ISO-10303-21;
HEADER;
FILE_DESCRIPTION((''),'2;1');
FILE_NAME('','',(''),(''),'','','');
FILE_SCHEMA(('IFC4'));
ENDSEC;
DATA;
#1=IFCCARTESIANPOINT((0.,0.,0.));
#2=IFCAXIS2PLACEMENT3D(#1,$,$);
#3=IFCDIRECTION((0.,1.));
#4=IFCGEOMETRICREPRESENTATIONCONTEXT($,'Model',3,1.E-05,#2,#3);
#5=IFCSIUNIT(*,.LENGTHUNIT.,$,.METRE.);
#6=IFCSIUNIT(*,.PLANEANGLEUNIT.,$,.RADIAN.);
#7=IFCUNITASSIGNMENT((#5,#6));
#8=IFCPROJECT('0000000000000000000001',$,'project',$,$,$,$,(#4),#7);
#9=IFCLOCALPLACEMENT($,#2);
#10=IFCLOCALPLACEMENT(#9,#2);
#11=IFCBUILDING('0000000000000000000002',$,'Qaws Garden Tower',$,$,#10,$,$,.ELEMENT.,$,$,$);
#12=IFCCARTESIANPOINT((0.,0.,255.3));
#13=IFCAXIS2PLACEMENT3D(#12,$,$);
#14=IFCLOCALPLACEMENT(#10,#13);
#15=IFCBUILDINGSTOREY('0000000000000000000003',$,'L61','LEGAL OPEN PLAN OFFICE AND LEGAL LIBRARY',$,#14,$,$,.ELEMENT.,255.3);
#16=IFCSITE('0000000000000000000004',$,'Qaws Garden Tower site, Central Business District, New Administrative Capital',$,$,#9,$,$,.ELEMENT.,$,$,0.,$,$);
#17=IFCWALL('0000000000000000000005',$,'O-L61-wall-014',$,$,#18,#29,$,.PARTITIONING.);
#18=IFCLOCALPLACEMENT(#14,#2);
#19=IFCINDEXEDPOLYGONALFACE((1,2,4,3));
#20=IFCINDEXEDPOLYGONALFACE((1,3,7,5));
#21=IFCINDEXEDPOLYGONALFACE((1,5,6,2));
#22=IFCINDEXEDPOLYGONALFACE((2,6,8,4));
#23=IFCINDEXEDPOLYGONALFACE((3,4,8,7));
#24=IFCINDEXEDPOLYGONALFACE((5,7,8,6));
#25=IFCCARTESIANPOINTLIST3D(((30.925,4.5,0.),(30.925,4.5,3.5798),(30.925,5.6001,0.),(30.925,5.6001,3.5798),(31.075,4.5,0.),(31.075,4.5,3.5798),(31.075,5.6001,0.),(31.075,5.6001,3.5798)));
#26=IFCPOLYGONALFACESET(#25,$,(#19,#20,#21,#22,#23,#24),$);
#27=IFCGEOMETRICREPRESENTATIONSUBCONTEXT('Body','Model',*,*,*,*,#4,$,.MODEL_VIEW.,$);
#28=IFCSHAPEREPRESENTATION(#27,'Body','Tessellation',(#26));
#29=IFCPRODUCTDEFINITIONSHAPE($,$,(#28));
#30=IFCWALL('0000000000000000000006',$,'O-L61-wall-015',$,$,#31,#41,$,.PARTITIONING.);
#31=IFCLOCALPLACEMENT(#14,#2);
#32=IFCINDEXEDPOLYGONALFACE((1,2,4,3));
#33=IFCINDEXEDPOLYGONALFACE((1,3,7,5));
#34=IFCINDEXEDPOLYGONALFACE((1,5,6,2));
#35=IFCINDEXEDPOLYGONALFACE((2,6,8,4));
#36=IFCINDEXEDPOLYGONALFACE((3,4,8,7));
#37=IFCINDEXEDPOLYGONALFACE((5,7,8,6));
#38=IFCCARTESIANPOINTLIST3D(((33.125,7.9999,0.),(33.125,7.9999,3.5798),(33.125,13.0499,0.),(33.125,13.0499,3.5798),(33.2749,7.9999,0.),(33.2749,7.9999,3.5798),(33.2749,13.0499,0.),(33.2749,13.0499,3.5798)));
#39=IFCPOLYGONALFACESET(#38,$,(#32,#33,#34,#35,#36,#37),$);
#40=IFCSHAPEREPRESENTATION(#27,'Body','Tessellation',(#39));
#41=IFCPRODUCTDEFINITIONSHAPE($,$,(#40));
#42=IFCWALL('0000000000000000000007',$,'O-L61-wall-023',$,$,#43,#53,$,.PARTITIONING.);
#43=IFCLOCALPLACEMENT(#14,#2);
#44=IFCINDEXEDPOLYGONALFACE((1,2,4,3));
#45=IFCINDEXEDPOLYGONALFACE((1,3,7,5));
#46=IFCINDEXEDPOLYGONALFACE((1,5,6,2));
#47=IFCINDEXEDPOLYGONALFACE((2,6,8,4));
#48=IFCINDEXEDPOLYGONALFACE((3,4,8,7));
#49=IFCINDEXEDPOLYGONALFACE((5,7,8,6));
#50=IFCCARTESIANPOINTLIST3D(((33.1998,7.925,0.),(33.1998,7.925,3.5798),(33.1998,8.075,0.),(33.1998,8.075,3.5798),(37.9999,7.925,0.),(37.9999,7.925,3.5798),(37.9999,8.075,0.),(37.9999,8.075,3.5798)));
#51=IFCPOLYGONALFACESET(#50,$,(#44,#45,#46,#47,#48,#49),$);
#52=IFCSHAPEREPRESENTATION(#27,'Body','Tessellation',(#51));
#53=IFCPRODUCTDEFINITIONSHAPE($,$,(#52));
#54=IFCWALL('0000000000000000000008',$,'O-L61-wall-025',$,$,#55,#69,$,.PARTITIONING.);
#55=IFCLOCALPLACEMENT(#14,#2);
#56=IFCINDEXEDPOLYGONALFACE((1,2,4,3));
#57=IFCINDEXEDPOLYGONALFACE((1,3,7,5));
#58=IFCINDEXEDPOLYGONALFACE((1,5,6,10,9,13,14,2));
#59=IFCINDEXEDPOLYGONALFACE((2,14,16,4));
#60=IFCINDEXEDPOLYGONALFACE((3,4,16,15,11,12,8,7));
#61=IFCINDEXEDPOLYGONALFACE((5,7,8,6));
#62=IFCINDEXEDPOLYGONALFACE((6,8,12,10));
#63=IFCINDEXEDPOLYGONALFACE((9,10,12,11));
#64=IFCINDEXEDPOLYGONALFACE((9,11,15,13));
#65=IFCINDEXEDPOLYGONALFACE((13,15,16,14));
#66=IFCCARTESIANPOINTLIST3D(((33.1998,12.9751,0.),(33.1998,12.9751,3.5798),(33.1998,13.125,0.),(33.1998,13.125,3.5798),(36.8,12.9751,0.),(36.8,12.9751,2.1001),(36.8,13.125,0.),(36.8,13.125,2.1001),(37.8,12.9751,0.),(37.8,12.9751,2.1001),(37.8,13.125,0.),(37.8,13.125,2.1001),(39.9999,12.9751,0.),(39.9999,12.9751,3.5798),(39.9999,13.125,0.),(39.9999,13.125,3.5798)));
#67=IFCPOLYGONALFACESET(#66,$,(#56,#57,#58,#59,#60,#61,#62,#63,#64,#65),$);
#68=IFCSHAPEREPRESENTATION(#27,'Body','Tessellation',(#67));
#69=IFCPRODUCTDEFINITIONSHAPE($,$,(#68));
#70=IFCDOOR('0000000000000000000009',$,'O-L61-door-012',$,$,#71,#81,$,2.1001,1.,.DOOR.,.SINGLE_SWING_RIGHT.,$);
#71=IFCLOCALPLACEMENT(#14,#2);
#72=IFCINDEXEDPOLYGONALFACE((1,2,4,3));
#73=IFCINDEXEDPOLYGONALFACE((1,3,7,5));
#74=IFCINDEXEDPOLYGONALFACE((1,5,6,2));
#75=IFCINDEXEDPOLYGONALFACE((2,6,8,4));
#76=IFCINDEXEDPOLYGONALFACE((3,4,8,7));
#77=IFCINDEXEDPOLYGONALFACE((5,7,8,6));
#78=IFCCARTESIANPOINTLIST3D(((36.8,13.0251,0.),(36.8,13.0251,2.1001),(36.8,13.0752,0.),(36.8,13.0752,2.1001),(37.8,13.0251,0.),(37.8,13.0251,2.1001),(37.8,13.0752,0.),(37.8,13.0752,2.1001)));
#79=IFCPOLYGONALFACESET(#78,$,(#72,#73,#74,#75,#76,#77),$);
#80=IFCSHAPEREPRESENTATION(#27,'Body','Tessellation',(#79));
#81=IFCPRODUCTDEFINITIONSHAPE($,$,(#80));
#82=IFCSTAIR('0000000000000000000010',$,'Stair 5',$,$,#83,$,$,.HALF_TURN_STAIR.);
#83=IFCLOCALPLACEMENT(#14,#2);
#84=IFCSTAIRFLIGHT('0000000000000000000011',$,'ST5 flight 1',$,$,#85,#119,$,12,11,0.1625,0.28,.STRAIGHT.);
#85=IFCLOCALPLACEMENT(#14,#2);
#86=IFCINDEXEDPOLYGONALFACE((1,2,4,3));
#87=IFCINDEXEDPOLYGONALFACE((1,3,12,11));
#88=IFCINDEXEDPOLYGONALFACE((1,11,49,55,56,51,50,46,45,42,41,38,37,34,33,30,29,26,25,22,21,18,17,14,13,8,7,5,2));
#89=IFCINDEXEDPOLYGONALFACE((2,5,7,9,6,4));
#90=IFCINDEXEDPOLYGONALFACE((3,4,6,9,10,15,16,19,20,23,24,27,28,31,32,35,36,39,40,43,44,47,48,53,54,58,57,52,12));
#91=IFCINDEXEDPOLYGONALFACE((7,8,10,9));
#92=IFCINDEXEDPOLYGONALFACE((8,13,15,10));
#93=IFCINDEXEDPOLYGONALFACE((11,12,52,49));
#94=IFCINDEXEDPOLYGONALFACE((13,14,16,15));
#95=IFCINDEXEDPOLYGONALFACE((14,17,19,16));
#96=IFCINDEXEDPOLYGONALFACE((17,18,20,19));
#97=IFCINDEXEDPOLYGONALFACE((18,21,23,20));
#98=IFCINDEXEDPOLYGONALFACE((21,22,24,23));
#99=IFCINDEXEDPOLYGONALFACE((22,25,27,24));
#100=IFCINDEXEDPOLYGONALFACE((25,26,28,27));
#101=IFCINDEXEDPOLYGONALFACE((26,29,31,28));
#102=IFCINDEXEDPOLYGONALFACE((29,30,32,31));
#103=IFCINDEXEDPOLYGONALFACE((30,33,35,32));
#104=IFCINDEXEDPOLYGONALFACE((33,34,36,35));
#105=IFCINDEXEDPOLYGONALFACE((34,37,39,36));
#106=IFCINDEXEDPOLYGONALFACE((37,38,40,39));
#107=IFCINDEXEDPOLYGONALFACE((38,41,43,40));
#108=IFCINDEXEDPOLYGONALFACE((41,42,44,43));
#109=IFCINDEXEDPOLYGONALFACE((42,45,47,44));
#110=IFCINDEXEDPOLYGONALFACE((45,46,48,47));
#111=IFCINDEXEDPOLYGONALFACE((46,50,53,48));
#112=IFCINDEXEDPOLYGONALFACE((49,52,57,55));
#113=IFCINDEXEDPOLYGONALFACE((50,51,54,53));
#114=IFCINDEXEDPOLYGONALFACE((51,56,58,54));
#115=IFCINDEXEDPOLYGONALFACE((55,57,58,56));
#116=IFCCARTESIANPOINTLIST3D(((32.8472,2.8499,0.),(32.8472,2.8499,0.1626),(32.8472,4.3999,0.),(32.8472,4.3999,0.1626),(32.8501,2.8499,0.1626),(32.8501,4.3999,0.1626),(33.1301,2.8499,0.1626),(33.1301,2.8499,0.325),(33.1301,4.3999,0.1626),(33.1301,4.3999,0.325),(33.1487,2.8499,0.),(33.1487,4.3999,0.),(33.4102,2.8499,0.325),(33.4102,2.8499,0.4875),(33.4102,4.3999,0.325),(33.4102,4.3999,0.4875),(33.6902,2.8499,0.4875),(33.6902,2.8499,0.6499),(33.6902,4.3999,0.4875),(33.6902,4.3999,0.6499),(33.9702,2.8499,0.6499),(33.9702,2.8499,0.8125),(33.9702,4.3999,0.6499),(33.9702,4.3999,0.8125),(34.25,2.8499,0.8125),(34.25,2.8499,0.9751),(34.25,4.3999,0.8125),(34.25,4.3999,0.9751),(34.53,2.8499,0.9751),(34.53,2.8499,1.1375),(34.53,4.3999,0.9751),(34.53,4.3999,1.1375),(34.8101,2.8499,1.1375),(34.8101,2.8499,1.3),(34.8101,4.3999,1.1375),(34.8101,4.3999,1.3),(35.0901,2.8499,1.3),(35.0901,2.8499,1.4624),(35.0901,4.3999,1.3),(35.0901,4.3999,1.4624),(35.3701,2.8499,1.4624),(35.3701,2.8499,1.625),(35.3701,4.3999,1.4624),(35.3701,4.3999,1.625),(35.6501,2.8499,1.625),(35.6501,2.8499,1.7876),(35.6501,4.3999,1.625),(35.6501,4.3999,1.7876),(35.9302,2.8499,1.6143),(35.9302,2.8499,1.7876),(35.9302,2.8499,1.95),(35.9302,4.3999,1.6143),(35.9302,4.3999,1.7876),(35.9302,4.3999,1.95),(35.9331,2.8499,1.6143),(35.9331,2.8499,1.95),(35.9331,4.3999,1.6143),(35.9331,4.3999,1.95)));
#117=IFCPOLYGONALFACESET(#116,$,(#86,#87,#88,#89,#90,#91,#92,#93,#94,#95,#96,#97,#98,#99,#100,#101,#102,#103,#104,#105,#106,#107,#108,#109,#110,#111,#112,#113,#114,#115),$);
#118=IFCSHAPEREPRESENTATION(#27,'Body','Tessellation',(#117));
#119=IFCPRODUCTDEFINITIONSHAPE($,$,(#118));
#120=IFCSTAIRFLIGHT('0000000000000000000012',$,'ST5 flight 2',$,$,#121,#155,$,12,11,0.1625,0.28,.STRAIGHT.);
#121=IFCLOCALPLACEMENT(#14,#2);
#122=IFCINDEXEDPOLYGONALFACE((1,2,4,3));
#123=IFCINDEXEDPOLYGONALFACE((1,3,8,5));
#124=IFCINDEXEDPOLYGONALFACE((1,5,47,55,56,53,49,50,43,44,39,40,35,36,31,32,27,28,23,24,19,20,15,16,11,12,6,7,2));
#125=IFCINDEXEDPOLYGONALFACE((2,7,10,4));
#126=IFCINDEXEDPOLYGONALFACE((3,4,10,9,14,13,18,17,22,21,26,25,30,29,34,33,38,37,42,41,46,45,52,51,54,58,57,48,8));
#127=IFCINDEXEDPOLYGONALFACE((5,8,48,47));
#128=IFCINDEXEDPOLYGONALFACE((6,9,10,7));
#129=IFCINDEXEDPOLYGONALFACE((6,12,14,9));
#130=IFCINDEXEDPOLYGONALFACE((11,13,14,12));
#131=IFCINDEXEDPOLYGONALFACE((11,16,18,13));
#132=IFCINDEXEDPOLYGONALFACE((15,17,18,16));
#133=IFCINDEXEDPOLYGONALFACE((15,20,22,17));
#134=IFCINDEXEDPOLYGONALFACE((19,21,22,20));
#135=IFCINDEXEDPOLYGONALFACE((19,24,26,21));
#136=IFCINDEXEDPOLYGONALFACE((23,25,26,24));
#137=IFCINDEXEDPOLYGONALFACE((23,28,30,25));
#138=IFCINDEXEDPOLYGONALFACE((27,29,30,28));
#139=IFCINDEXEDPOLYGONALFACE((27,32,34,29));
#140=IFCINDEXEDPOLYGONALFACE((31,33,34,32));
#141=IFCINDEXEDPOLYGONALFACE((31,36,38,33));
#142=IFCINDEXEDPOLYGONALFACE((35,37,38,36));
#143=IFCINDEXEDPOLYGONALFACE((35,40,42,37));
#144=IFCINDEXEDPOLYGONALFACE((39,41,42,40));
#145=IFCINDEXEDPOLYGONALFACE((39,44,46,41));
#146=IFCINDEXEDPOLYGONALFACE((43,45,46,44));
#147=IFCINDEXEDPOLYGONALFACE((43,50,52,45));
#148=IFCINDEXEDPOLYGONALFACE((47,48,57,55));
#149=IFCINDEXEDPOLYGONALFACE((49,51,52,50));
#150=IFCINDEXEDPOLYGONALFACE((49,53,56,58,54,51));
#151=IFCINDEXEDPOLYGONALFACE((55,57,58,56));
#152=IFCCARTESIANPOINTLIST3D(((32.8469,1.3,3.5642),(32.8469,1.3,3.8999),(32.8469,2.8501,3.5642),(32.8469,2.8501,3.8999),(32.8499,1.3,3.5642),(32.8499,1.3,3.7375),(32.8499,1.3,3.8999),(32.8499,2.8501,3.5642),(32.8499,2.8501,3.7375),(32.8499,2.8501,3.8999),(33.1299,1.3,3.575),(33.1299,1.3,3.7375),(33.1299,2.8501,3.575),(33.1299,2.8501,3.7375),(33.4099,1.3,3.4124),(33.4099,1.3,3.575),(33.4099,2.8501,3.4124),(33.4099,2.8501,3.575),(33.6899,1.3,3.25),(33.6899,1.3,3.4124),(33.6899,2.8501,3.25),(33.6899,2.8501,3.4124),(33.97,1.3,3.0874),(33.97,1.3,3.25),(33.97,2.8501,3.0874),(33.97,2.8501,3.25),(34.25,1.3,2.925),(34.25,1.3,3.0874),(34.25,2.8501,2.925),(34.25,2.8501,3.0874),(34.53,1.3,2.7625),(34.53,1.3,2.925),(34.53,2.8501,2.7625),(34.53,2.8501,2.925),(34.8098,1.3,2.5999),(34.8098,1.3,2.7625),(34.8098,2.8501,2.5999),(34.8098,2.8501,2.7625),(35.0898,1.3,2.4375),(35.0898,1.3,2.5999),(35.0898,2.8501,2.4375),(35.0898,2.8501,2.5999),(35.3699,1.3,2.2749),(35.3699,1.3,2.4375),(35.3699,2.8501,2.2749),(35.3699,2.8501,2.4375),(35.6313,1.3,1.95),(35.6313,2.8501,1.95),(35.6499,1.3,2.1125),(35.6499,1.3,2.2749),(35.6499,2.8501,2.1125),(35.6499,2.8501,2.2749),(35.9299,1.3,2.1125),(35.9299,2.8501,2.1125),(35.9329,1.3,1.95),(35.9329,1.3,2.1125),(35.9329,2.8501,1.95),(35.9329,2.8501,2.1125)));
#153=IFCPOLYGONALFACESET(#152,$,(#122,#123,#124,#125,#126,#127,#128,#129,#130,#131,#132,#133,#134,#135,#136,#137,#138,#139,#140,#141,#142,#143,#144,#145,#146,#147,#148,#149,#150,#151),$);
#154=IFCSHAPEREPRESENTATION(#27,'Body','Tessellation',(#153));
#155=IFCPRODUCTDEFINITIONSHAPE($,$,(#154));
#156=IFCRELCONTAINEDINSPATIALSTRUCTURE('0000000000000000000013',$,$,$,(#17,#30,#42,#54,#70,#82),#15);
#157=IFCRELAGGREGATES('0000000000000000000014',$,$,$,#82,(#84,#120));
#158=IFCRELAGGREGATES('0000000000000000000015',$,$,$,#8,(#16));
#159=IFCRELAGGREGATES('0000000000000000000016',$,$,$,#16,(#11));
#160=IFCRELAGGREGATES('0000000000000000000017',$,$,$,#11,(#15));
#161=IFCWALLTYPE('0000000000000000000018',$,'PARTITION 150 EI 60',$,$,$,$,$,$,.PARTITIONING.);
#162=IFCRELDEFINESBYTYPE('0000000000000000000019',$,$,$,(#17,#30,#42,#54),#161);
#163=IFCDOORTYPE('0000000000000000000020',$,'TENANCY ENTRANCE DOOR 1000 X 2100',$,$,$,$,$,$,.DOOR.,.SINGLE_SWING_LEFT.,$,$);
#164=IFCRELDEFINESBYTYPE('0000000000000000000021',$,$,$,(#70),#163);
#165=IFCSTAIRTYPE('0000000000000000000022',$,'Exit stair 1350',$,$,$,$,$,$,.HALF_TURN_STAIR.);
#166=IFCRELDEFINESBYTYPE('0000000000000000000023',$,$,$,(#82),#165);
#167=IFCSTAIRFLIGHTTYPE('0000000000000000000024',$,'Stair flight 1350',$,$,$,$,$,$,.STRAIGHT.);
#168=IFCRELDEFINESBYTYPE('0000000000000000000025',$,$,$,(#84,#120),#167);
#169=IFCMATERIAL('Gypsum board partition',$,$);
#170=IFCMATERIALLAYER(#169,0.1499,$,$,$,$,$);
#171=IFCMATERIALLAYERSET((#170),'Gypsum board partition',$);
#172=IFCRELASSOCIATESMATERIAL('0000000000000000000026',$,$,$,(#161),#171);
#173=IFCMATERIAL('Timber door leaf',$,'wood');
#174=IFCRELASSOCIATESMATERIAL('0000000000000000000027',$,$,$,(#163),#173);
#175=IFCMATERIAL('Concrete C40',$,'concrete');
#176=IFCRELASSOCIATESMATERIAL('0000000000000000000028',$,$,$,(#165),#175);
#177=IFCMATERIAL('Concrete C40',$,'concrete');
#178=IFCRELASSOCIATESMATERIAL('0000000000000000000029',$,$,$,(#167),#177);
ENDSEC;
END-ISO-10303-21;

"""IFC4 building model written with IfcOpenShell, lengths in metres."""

from ifc_helpers import new_model, si_unit, direction, frame, frame_2d, origin, place, context, subcontext, project, spatial, polyline, rectangle, outline, extrude, material, layer, layer_set, type_object, element, fill, aggregate, save


model = new_model("IFC4")

# Units and contexts
model_context = context("Model", 3, precision=1e-05, world=origin(), true_north=direction((0.0, 1.0)))
body_context = subcontext(model_context, "Body", "Model", "MODEL_VIEW")
ifc_project = project(units=[si_unit("LENGTHUNIT", "METRE"), si_unit("PLANEANGLEUNIT", "RADIAN")], contexts=[model_context])

# Site, building, storey
site_placement = place(None, origin())
site = spatial("IfcSite", under=ifc_project, at=site_placement, Name="Qaws Garden Tower site, Central Business District, New Administrative Capital", CompositionType="ELEMENT", RefElevation=0.0)
building_placement = place(site_placement, origin())
building = spatial("IfcBuilding", under=site, at=building_placement, Name="Qaws Garden Tower", CompositionType="ELEMENT")
storey_placement = place(building_placement, frame((0.0, 0.0, 255.3)))
storey = spatial("IfcBuildingStorey", under=building, at=storey_placement, Name="L61", Description="LEGAL OPEN PLAN OFFICE AND LEGAL LIBRARY", CompositionType="ELEMENT", Elevation=255.3)

# Shared definitions
ifc_material_1 = material(Name="Gypsum board partition")
ifc_layer_1 = layer(ifc_material_1, 0.1499)
ifc_layer_set_1 = layer_set([ifc_layer_1], Name="Gypsum board partition")
wall_type_1 = type_object("IfcWallType", Name="PARTITION 150 EI 60", PredefinedType="PARTITIONING", material=ifc_layer_set_1)
ifc_material_2 = material(Name="Timber door leaf", Category="wood")
door_type_1 = type_object("IfcDoorType", Name="TENANCY ENTRANCE DOOR 1000 X 2100", OperationType="SINGLE_SWING_LEFT", PredefinedType="DOOR", material=ifc_material_2)

# Walls
wall_1_placement = place(storey_placement, frame((31.0, 4.5, 0.0), z_axis=(0.0, 0.0, 1.0), x_axis=(0.0, 1.0, 0.0)))
element("IfcWall", 1, at=wall_1_placement, inside=storey, type_object=wall_type_1, Name="O-L61-wall-014", PredefinedType="PARTITIONING", context=body_context, shape_type="SweptSolid", body=[
    extrude(rectangle(XDim=1.1001, YDim=0.1499, at=frame_2d((0.55, 0.0))), origin(), (0.0, 0.0, 1.0), 3.5798),
])
wall_2_placement = place(storey_placement, frame((33.2, 8.0, 0.0), z_axis=(0.0, 0.0, 1.0), x_axis=(0.0, 1.0, 0.0)))
element("IfcWall", 2, at=wall_2_placement, inside=storey, type_object=wall_type_1, Name="O-L61-wall-015", PredefinedType="PARTITIONING", context=body_context, shape_type="SweptSolid", body=[
    extrude(rectangle(XDim=5.05, YDim=0.1499, at=frame_2d((2.5249, 0.0))), origin(), (0.0, 0.0, 1.0), 3.5798),
])
wall_3_placement = place(storey_placement, frame((33.2, 8.0, 0.0), z_axis=(0.0, 0.0, 1.0), x_axis=(1.0, 0.0, 0.0)))
element("IfcWall", 3, at=wall_3_placement, inside=storey, type_object=wall_type_1, Name="O-L61-wall-023", PredefinedType="PARTITIONING", context=body_context, shape_type="SweptSolid", body=[
    extrude(rectangle(XDim=4.8, YDim=0.1499, at=frame_2d((2.3999, 0.0))), origin(), (0.0, 0.0, 1.0), 3.5798),
])

# Wall, opening, door
wall_4_placement = place(storey_placement, frame((33.2, 13.05, 0.0), z_axis=(0.0, 0.0, 1.0), x_axis=(1.0, 0.0, 0.0)))
wall_4 = element("IfcWall", 4, at=wall_4_placement, inside=storey, type_object=wall_type_1, Name="O-L61-wall-025", PredefinedType="PARTITIONING", context=body_context, shape_type="SweptSolid", body=[
    extrude(rectangle(XDim=6.8, YDim=0.1499, at=frame_2d((3.3999, 0.0))), origin(), (0.0, 0.0, 1.0), 3.5798),
])
opening_1_placement = place(wall_4_placement, frame((3.6001, 0.0, 0.0)))
opening_1 = element("IfcOpeningElement", 5, at=opening_1_placement, cuts=wall_4, PredefinedType="OPENING", context=body_context, shape_type="SweptSolid", body=[
    extrude(rectangle(XDim=1.0, YDim=2.1001, at=frame_2d((0.5, 1.05))), frame((0.0, 0.085, 0.0), z_axis=(0.0, -1.0, 0.0), x_axis=(1.0, 0.0, 0.0)), (0.0, 0.0, 1.0), 0.1699),
])
door_1_placement = place(opening_1_placement, frame((1.0, 0.0, 0.0), z_axis=(0.0, 0.0, 1.0), x_axis=(-1.0, 0.0, 0.0)))
door_1 = element("IfcDoor", 6, at=door_1_placement, inside=storey, type_object=door_type_1, Name="O-L61-door-012", OperationType="SINGLE_SWING_RIGHT", OverallHeight=2.1001, OverallWidth=1.0, PredefinedType="DOOR", context=body_context, shape_type="SweptSolid", body=[
    extrude(rectangle(XDim=1.0, YDim=2.1001, at=frame_2d((0.5, 1.05))), frame((0.0, 0.0249, 0.0), z_axis=(0.0, -1.0, 0.0), x_axis=(1.0, 0.0, 0.0)), (0.0, 0.0, 1.0), 0.05),
])
fill(opening_1, door_1)

# Stair, stair flights
ifc_material_3 = material(Name="Concrete C40", Category="concrete")
stair_type = type_object("IfcStairType", Name="Exit stair 1350", PredefinedType="HALF_TURN_STAIR", material=ifc_material_3)
stair_placement = place(storey_placement, origin())
stair = element("IfcStair", 7, at=stair_placement, inside=storey, type_object=stair_type, Name="Stair 5", PredefinedType="HALF_TURN_STAIR")
ifc_material_4 = material(Name="Concrete C40", Category="concrete")
stair_flight_type = type_object("IfcStairFlightType", Name="Stair flight 1350", PredefinedType="STRAIGHT", material=ifc_material_4)
stair_flight_1_placement = place(storey_placement, frame((32.8501, 3.625, 0.0), z_axis=(0.0, 0.0, 1.0), x_axis=(1.0, 0.0, 0.0)))
stair_flight_1 = element("IfcStairFlight", 8, at=stair_flight_1_placement, type_object=stair_flight_type, Name="ST5 flight 1", NumberOfRisers=12, NumberOfTreads=11, PredefinedType="STRAIGHT", RiserHeight=0.1625, TreadLength=0.28, context=body_context, shape_type="SweptSolid", body=[
    extrude(outline(polyline([(-0.0029, 0.0), (-0.0029, 0.1626), (0.0, 0.1626), (0.28, 0.1626), (0.28, 0.325), (0.5601, 0.325), (0.5601, 0.4875), (0.8401, 0.4875), (0.8401, 0.6499), (1.1201, 0.6499), (1.1201, 0.8125), (1.3999, 0.8125), (1.3999, 0.9751), (1.6799, 0.9751), (1.6799, 1.1375), (1.96, 1.1375), (1.96, 1.3), (2.24, 1.3), (2.24, 1.4624), (2.52, 1.4624), (2.52, 1.625), (2.8, 1.625), (2.8, 1.7876), (3.0801, 1.7876), (3.0801, 1.95), (3.083, 1.95), (3.083, 1.6143), (3.0801, 1.6143), (0.2986, 0.0), (-0.0029, 0.0)])), frame((0.0, 0.7749, 0.0), z_axis=(0.0, -1.0, 0.0), x_axis=(1.0, 0.0, 0.0)), (0.0, 0.0, 1.0), 1.55),
])
stair_flight_2_placement = place(storey_placement, frame((35.9299, 2.075, 1.95), z_axis=(0.0, 0.0, 1.0), x_axis=(-1.0, 0.0, 0.0)))
stair_flight_2 = element("IfcStairFlight", 9, at=stair_flight_2_placement, type_object=stair_flight_type, Name="ST5 flight 2", NumberOfRisers=12, NumberOfTreads=11, PredefinedType="STRAIGHT", RiserHeight=0.1625, TreadLength=0.28, context=body_context, shape_type="SweptSolid", body=[
    extrude(outline(polyline([(-0.0029, 0.0), (-0.0029, 0.1626), (0.0, 0.1626), (0.28, 0.1626), (0.28, 0.325), (0.5601, 0.325), (0.5601, 0.4875), (0.8401, 0.4875), (0.8401, 0.6499), (1.1201, 0.6499), (1.1201, 0.8125), (1.3999, 0.8125), (1.3999, 0.9751), (1.6799, 0.9751), (1.6799, 1.1375), (1.96, 1.1375), (1.96, 1.3), (2.24, 1.3), (2.24, 1.4624), (2.52, 1.4624), (2.52, 1.625), (2.8, 1.625), (2.8, 1.7876), (3.0801, 1.7876), (3.0801, 1.95), (3.083, 1.95), (3.083, 1.6143), (3.0801, 1.6143), (0.2986, 0.0), (-0.0029, 0.0)])), frame((0.0, 0.7749, 0.0), z_axis=(0.0, -1.0, 0.0), x_axis=(1.0, 0.0, 0.0)), (0.0, 0.0, 1.0), 1.55),
])
aggregate(stair, [stair_flight_1, stair_flight_2])

save(model, "model.ifc")
